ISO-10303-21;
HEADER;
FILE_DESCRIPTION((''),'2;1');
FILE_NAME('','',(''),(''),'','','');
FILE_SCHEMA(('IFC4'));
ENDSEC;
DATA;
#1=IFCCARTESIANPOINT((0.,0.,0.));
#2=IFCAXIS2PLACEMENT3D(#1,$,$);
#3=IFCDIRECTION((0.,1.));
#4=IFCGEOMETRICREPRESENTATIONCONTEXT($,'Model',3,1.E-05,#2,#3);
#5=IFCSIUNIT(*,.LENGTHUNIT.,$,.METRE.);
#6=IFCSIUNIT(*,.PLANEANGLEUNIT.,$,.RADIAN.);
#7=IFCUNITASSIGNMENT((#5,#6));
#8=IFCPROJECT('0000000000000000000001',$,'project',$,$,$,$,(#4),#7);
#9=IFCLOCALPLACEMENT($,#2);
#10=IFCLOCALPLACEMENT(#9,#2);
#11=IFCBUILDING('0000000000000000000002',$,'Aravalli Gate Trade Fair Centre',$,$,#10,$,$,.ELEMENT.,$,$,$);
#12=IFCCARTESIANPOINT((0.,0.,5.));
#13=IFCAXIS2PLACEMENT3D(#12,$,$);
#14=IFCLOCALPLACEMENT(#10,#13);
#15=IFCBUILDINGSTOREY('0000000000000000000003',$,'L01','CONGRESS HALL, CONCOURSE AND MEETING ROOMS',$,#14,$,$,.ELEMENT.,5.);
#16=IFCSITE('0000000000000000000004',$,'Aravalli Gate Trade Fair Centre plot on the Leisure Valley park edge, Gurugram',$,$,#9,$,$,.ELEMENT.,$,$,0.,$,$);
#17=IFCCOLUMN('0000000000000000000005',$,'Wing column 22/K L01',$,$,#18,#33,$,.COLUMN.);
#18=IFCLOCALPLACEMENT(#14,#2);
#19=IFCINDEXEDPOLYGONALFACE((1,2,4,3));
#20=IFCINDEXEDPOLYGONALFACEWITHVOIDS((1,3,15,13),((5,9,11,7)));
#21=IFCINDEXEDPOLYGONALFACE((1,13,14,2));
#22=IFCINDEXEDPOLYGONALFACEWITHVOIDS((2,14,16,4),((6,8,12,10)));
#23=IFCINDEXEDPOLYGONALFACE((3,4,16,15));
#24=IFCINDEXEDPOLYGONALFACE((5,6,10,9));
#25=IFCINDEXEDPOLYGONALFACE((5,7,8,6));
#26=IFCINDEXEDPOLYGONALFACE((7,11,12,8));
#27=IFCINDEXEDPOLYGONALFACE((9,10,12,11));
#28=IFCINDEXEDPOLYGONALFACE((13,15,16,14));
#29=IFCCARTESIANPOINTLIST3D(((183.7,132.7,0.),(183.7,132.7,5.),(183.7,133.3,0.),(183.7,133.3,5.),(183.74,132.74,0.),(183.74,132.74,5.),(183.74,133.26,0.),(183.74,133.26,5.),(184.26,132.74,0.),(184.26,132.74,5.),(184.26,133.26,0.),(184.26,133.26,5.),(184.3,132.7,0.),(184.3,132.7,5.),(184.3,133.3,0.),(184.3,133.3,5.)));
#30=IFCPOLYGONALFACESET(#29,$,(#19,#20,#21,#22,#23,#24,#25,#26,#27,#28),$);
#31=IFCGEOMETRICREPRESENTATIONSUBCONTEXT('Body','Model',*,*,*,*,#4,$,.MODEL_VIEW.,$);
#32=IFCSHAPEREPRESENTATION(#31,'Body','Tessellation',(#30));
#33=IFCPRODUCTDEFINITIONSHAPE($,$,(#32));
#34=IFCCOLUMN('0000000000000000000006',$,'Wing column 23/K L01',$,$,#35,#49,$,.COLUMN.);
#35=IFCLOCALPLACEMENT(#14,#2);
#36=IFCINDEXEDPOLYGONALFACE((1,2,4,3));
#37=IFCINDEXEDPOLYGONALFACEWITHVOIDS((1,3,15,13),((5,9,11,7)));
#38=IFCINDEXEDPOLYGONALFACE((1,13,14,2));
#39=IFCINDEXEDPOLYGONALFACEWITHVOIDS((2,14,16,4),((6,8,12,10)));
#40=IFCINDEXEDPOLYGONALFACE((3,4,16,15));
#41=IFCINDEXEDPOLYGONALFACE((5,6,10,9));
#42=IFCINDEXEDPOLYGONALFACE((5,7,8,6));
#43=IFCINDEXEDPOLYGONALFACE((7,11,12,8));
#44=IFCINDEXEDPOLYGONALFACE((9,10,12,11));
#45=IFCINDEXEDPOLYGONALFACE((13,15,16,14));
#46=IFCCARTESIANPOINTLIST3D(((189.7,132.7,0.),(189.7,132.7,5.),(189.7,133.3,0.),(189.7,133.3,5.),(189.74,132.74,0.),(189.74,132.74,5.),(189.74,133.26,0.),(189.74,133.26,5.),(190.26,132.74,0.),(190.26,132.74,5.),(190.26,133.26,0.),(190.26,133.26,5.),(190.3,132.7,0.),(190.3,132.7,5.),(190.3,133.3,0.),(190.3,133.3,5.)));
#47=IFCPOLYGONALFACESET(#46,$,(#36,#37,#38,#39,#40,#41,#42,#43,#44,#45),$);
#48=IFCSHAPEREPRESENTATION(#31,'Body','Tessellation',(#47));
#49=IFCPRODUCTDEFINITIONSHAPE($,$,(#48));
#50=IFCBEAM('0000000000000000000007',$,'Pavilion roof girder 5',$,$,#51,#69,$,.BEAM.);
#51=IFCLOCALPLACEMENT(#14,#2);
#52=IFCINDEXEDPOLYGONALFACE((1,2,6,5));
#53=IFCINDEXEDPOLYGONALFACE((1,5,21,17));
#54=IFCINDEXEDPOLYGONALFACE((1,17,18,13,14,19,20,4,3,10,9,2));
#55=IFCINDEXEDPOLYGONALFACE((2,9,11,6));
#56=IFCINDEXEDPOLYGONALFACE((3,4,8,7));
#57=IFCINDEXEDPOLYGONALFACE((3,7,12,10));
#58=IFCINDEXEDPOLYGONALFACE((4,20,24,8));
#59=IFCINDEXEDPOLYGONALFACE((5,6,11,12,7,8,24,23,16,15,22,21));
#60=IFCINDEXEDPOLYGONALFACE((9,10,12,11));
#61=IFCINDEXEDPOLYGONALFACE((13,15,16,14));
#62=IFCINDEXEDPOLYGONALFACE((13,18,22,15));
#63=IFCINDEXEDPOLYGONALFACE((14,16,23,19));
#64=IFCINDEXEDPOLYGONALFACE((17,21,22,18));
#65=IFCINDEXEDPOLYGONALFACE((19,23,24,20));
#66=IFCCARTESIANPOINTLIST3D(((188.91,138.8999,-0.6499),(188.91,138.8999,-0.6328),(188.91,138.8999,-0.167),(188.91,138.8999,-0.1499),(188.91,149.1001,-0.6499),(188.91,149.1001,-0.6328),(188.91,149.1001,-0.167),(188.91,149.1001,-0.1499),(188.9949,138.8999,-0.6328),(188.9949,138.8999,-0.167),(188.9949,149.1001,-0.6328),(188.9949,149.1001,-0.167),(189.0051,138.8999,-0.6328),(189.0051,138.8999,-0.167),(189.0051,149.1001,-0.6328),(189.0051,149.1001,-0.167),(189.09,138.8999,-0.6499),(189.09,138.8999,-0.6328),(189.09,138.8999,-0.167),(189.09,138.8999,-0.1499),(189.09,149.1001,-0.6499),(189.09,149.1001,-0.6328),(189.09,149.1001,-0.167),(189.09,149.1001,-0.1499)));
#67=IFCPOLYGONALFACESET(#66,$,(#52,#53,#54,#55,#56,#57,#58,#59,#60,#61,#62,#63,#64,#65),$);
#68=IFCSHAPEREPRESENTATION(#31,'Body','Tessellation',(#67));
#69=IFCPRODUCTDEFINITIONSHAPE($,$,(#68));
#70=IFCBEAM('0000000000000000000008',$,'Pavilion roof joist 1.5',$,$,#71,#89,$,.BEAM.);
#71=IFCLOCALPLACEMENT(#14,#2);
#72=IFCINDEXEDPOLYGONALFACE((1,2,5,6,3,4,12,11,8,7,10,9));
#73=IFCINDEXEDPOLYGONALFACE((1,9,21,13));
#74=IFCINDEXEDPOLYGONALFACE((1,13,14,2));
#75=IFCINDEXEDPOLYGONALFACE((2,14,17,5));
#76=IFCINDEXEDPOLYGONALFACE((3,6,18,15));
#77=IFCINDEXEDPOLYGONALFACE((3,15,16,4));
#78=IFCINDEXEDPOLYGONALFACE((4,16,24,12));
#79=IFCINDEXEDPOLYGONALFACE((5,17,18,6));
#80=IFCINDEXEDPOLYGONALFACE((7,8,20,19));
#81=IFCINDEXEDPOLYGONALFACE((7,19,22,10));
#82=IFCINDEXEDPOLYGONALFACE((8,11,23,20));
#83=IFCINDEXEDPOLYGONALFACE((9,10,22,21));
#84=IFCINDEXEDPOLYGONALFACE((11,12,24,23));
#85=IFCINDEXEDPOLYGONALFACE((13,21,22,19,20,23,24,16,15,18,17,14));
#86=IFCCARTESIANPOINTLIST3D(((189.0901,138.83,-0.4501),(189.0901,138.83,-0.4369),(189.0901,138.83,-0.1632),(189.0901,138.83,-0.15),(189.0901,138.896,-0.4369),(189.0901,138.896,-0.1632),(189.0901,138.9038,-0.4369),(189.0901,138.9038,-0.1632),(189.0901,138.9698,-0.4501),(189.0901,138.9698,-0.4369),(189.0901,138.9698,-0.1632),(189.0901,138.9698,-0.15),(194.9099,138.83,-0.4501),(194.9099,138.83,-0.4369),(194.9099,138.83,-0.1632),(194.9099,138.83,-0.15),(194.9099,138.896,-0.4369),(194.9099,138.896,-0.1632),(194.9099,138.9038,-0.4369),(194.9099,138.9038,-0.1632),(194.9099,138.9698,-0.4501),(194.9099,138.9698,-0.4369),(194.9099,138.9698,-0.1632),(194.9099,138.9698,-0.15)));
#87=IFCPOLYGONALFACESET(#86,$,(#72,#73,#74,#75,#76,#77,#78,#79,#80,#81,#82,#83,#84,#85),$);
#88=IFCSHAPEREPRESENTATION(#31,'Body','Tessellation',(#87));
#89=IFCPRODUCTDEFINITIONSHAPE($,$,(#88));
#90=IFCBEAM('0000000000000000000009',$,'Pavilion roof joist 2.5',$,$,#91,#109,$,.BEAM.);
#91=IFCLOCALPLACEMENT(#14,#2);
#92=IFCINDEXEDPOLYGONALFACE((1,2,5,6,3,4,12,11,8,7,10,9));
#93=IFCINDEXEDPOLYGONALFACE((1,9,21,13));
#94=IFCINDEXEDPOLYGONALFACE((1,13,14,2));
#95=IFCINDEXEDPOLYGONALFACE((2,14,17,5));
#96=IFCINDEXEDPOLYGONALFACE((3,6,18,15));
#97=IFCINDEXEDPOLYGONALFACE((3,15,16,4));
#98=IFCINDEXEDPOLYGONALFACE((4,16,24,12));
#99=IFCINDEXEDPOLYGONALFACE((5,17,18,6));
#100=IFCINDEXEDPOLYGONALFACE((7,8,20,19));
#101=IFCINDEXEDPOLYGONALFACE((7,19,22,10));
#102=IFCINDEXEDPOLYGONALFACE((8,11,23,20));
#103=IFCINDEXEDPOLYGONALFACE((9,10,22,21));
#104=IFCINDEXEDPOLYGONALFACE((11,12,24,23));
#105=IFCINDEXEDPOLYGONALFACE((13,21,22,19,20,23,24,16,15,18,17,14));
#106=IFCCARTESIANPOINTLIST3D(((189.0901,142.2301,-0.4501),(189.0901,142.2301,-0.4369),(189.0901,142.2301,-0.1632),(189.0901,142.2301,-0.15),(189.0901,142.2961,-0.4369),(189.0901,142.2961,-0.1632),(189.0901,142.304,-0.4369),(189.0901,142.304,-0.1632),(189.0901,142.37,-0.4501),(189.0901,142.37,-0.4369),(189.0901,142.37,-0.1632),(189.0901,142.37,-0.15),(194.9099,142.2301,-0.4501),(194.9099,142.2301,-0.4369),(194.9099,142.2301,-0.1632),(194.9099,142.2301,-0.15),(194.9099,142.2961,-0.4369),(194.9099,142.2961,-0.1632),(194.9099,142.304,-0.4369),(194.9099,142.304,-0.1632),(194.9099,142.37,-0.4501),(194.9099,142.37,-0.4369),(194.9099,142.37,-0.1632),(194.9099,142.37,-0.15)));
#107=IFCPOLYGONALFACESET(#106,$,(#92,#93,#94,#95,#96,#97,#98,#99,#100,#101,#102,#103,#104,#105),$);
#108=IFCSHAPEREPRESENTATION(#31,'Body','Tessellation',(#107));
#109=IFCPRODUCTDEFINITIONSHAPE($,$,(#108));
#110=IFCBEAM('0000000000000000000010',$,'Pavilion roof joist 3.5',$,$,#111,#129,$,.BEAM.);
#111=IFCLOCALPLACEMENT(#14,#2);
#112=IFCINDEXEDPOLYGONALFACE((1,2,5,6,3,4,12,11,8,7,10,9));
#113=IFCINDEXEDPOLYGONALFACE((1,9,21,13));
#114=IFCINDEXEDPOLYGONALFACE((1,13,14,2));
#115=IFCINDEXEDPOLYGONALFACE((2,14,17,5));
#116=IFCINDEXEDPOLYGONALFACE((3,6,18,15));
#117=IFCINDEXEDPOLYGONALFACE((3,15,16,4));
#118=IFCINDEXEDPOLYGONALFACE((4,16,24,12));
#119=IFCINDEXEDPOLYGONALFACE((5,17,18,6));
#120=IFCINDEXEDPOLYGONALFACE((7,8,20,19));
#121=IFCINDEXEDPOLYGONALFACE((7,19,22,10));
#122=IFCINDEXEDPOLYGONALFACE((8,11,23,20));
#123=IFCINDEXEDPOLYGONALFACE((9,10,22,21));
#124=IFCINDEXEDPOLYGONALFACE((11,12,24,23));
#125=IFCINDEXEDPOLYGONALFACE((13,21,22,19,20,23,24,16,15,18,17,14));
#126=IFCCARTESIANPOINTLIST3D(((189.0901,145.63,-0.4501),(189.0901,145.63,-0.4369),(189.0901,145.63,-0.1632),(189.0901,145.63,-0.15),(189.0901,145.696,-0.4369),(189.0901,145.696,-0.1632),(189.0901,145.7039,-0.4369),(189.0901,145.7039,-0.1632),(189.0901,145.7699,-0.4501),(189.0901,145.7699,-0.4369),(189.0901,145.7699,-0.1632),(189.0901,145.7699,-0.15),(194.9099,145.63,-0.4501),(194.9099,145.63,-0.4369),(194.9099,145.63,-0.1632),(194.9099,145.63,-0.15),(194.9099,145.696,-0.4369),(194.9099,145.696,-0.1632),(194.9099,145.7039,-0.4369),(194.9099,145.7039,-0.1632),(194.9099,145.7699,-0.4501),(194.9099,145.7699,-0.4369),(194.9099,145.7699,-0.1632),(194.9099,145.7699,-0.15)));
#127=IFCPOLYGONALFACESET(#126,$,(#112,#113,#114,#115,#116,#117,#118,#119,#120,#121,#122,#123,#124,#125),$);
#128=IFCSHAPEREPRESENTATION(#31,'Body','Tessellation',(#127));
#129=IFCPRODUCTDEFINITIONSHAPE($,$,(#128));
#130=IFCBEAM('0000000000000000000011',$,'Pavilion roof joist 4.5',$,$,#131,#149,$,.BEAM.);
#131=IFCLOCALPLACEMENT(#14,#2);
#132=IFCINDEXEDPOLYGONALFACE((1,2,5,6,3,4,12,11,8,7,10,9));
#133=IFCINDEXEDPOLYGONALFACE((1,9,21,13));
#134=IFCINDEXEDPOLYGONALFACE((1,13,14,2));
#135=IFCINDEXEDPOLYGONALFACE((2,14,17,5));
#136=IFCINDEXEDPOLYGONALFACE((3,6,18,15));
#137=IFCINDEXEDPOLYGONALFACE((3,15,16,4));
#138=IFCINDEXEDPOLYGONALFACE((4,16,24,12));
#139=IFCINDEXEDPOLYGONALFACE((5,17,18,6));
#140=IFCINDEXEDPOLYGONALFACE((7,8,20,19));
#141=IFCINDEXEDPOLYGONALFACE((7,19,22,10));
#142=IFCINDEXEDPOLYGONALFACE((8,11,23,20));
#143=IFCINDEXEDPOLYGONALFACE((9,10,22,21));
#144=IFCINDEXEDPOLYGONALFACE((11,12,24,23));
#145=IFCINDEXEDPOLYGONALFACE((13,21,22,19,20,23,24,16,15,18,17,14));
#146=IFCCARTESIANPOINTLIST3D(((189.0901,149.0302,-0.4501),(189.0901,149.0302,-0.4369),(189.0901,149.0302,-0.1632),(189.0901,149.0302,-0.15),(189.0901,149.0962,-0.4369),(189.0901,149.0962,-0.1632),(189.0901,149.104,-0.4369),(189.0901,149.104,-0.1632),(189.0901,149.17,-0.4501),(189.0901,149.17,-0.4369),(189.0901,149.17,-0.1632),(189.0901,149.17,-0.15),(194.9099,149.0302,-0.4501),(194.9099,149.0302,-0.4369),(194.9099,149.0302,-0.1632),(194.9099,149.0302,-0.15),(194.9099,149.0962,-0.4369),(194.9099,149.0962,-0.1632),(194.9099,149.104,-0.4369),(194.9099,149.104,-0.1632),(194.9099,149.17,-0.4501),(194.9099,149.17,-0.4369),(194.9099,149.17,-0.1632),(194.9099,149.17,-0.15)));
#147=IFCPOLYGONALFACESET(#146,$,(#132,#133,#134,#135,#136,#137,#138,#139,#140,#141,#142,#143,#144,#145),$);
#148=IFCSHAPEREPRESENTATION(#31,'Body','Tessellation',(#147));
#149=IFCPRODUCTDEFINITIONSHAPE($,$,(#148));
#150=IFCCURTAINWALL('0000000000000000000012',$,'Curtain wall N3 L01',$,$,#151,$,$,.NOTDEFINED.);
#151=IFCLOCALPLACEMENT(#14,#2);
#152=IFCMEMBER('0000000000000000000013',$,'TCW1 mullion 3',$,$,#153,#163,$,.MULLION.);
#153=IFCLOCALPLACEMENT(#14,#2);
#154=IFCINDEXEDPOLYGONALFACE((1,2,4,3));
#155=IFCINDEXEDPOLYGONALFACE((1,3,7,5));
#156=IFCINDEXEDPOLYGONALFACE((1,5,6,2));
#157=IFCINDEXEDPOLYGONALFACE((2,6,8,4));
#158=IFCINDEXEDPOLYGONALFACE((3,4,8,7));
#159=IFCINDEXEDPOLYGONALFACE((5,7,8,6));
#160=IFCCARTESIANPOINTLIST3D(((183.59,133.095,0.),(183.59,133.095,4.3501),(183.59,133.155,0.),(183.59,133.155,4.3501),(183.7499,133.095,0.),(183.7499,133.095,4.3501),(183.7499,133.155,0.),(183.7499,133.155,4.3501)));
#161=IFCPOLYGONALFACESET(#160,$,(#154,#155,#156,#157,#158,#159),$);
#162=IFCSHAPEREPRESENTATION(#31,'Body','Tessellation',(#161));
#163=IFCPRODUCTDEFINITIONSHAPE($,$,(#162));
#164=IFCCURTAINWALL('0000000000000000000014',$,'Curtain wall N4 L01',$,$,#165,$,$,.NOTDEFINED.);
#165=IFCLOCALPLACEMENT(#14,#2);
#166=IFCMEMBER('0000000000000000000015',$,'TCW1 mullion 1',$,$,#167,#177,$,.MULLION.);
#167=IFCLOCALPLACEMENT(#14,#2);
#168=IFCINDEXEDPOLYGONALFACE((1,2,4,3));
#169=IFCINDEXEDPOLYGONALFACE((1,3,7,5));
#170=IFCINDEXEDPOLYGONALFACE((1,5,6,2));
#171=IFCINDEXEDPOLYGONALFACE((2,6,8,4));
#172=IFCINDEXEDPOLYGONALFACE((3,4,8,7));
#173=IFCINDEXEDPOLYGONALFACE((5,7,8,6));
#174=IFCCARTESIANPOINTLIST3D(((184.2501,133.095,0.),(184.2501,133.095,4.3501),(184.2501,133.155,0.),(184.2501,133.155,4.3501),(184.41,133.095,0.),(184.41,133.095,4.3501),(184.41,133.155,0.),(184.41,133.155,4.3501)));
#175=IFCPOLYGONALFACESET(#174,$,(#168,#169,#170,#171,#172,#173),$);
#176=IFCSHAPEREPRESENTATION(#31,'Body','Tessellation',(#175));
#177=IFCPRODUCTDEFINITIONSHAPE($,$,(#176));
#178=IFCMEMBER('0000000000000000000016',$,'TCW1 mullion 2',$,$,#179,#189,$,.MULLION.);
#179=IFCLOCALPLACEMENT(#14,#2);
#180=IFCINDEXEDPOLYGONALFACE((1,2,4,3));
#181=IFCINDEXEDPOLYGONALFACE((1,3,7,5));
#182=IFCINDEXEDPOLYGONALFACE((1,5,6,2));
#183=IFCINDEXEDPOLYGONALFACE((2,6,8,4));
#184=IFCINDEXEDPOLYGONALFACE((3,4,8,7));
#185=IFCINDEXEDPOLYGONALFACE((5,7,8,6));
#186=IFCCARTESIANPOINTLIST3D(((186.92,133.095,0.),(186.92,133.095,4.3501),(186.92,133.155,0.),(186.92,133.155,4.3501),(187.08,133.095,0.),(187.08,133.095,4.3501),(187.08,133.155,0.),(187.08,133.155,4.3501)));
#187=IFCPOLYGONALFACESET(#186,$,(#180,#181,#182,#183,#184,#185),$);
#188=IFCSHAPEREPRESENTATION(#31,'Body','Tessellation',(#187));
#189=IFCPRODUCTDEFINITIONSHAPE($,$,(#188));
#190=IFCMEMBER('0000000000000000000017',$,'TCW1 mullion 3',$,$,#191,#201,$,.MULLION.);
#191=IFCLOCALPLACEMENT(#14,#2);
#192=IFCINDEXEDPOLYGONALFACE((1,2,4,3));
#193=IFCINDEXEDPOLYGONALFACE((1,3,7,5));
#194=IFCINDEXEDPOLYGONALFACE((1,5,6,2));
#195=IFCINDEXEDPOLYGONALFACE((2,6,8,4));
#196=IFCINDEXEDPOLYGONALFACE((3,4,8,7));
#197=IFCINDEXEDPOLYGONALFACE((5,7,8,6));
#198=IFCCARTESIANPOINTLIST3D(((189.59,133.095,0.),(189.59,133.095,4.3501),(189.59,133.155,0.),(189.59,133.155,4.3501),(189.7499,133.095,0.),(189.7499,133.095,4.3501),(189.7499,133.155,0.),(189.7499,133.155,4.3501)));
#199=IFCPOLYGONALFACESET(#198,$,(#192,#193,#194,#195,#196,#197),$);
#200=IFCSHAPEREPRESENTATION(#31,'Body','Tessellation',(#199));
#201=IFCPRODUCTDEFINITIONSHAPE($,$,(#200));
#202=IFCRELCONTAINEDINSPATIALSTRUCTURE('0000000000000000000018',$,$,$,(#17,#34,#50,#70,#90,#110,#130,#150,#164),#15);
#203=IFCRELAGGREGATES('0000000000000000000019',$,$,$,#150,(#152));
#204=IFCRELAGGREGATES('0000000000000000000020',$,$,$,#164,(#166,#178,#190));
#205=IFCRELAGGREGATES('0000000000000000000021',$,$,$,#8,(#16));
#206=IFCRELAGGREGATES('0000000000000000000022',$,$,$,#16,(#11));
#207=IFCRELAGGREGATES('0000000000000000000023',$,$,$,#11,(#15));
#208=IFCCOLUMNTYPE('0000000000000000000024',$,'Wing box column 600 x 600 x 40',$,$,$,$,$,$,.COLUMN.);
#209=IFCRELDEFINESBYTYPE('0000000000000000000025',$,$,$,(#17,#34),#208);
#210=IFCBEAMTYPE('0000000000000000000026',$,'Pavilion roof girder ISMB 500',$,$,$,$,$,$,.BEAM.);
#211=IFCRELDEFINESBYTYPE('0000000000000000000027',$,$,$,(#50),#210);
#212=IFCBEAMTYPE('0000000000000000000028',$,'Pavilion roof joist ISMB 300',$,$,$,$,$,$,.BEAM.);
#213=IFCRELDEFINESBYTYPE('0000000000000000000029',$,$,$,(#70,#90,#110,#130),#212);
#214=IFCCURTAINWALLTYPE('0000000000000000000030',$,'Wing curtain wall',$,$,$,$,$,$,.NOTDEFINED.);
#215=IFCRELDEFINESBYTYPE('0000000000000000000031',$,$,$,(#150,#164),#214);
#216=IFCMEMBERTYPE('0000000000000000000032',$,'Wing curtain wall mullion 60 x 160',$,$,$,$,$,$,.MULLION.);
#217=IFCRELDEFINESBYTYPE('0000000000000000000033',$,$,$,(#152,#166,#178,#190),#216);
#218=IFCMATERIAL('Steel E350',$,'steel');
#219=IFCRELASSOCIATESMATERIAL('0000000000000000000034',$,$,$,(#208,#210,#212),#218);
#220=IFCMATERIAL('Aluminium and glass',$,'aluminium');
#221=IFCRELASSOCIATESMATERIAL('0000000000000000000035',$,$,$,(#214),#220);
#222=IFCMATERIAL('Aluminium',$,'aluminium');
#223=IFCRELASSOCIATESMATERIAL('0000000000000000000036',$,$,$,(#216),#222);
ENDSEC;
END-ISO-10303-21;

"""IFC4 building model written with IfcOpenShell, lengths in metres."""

from ifc_helpers import new_model, si_unit, direction, frame, origin, origin_2d, place, context, subcontext, project, spatial, rectangle, hollow_rectangle, i_section, extrude, material, material_profile, profile_set, type_object, element, aggregate, save


model = new_model("IFC4")

# Units and contexts
model_context = context("Model", 3, precision=1e-05, world=origin(), true_north=direction((0.0, 1.0)))
body_context = subcontext(model_context, "Body", "Model", "MODEL_VIEW")
ifc_project = project(units=[si_unit("LENGTHUNIT", "METRE"), si_unit("PLANEANGLEUNIT", "RADIAN")], contexts=[model_context])

# Site, building, storey
site_placement = place(None, origin())
site = spatial("IfcSite", under=ifc_project, at=site_placement, Name="Aravalli Gate Trade Fair Centre plot on the Leisure Valley park edge, Gurugram", CompositionType="ELEMENT", RefElevation=0.0)
building_placement = place(site_placement, origin())
building = spatial("IfcBuilding", under=site, at=building_placement, Name="Aravalli Gate Trade Fair Centre", CompositionType="ELEMENT")
storey_placement = place(building_placement, frame((0.0, 0.0, 5.0)))
storey = spatial("IfcBuildingStorey", under=building, at=storey_placement, Name="L01", Description="CONGRESS HALL, CONCOURSE AND MEETING ROOMS", CompositionType="ELEMENT", Elevation=5.0)

# Columns
ifc_material_1 = material(Name="Steel E350", Category="steel")
ifc_material_profile_1 = material_profile(ifc_material_1, hollow_rectangle(XDim=0.6001, YDim=0.6001, WallThickness=0.04, at=origin_2d()), Name="BOX 600x600x40")
ifc_profile_set_1 = profile_set([ifc_material_profile_1], Name="Steel E350")
column_type = type_object("IfcColumnType", Name="Wing box column 600 x 600 x 40", PredefinedType="COLUMN", material=ifc_profile_set_1)
for number, where, z_axis, x_axis, name in (
    (1, (184.0, 133.0, 0.0), (0.0, 0.0, 1.0), (1.0, 0.0, 0.0), "Wing column 22/K L01"),
    (2, (190.0, 133.0, 0.0), (0.0, 0.0, 1.0), (1.0, 0.0, 0.0), "Wing column 23/K L01"),
):
    element("IfcColumn", number, at=place(storey_placement, frame(where, z_axis=z_axis, x_axis=x_axis)), inside=storey, type_object=column_type, Name=name, PredefinedType="COLUMN", context=body_context, shape_type="SweptSolid", body=[
        extrude(hollow_rectangle(XDim=0.6001, YDim=0.6001, WallThickness=0.04, at=origin_2d()), origin(), (0.0, 0.0, 1.0), 5.0),
    ])

# Beams
ifc_material_profile_2 = material_profile(ifc_material_1, i_section(OverallWidth=0.1799, OverallDepth=0.5, WebThickness=0.0103, FlangeThickness=0.0171, at=origin_2d()), Name="ISMB 500")
ifc_profile_set_2 = profile_set([ifc_material_profile_2], Name="Steel E350")
beam_type_1 = type_object("IfcBeamType", Name="Pavilion roof girder ISMB 500", PredefinedType="BEAM", material=ifc_profile_set_2)
beam_placement = place(storey_placement, frame((189.0, 138.8999, -0.3999), z_axis=(0.0, 1.0, 0.0), x_axis=(-1.0, 0.0, 0.0)))
element("IfcBeam", 3, at=beam_placement, inside=storey, type_object=beam_type_1, Name="Pavilion roof girder 5", PredefinedType="BEAM", context=body_context, shape_type="SweptSolid", body=[
    extrude(i_section(OverallWidth=0.1799, OverallDepth=0.5, WebThickness=0.0103, FlangeThickness=0.0171, at=origin_2d()), origin(), (0.0, 0.0, 1.0), 10.2002),
])
ifc_material_profile_3 = material_profile(ifc_material_1, i_section(OverallWidth=0.1399, OverallDepth=0.3, WebThickness=0.0078, FlangeThickness=0.0132, at=origin_2d()), Name="ISMB 300")
ifc_profile_set_3 = profile_set([ifc_material_profile_3], Name="Steel E350")
beam_type_2 = type_object("IfcBeamType", Name="Pavilion roof joist ISMB 300", PredefinedType="BEAM", material=ifc_profile_set_3)
for number, where, z_axis, x_axis, name in (
    (4, (189.0901, 138.8999, -0.3), (1.0, 0.0, 0.0), (0.0, 1.0, 0.0), "Pavilion roof joist 1.5"),
    (5, (189.0901, 142.3, -0.3), (1.0, 0.0, 0.0), (0.0, 1.0, 0.0), "Pavilion roof joist 2.5"),
    (6, (189.0901, 145.7, -0.3), (1.0, 0.0, 0.0), (0.0, 1.0, 0.0), "Pavilion roof joist 3.5"),
    (7, (189.0901, 149.1001, -0.3), (1.0, 0.0, 0.0), (0.0, 1.0, 0.0), "Pavilion roof joist 4.5"),
):
    element("IfcBeam", number, at=place(storey_placement, frame(where, z_axis=z_axis, x_axis=x_axis)), inside=storey, type_object=beam_type_2, Name=name, PredefinedType="BEAM", context=body_context, shape_type="SweptSolid", body=[
        extrude(i_section(OverallWidth=0.1399, OverallDepth=0.3, WebThickness=0.0078, FlangeThickness=0.0132, at=origin_2d()), origin(), (0.0, 0.0, 1.0), 5.8198),
    ])

# Curtain wall, member
ifc_material_2 = material(Name="Aluminium and glass", Category="aluminium")
curtain_wall_type = type_object("IfcCurtainWallType", Name="Wing curtain wall", PredefinedType="NOTDEFINED", material=ifc_material_2)
curtain_wall_1_placement = place(storey_placement, origin())
curtain_wall_1 = element("IfcCurtainWall", 8, at=curtain_wall_1_placement, inside=storey, type_object=curtain_wall_type, Name="Curtain wall N3 L01", PredefinedType="NOTDEFINED")
ifc_material_3 = material(Name="Aluminium", Category="aluminium")
ifc_material_profile_4 = material_profile(ifc_material_3, rectangle(XDim=0.0601, YDim=0.1599, at=origin_2d()), Name="Wing curtain wall mullion 60 x 160")
ifc_profile_set_4 = profile_set([ifc_material_profile_4], Name="Aluminium")
member_type_1 = type_object("IfcMemberType", Name="Wing curtain wall mullion 60 x 160", PredefinedType="MULLION", material=ifc_profile_set_4)
member_1_placement = place(storey_placement, frame((183.6699, 133.125, 0.0), z_axis=(0.0, 0.0, 1.0), x_axis=(0.0, 1.0, 0.0)))
member_1 = element("IfcMember", 9, at=member_1_placement, type_object=member_type_1, Name="TCW1 mullion 3", PredefinedType="MULLION", context=body_context, shape_type="SweptSolid", body=[
    extrude(rectangle(XDim=0.0601, YDim=0.1599, at=origin_2d()), origin(), (0.0, 0.0, 1.0), 4.3501),
])
aggregate(curtain_wall_1, [member_1])

# Curtain wall, members
curtain_wall_2_placement = place(storey_placement, origin())
curtain_wall_2 = element("IfcCurtainWall", 10, at=curtain_wall_2_placement, inside=storey, type_object=curtain_wall_type, Name="Curtain wall N4 L01", PredefinedType="NOTDEFINED")
member_2_placement = place(storey_placement, frame((184.3301, 133.125, 0.0), z_axis=(0.0, 0.0, 1.0), x_axis=(0.0, 1.0, 0.0)))
member_2 = element("IfcMember", 11, at=member_2_placement, type_object=member_type_1, Name="TCW1 mullion 1", PredefinedType="MULLION", context=body_context, shape_type="SweptSolid", body=[
    extrude(rectangle(XDim=0.0601, YDim=0.1599, at=origin_2d()), origin(), (0.0, 0.0, 1.0), 4.3501),
])
member_3_placement = place(storey_placement, frame((187.0, 133.125, 0.0), z_axis=(0.0, 0.0, 1.0), x_axis=(0.0, 1.0, 0.0)))
member_3 = element("IfcMember", 12, at=member_3_placement, type_object=member_type_1, Name="TCW1 mullion 2", PredefinedType="MULLION", context=body_context, shape_type="SweptSolid", body=[
    extrude(rectangle(XDim=0.0601, YDim=0.1599, at=origin_2d()), origin(), (0.0, 0.0, 1.0), 4.3501),
])
member_4_placement = place(storey_placement, frame((189.6699, 133.125, 0.0), z_axis=(0.0, 0.0, 1.0), x_axis=(0.0, 1.0, 0.0)))
member_4 = element("IfcMember", 13, at=member_4_placement, type_object=member_type_1, Name="TCW1 mullion 3", PredefinedType="MULLION", context=body_context, shape_type="SweptSolid", body=[
    extrude(rectangle(XDim=0.0601, YDim=0.1599, at=origin_2d()), origin(), (0.0, 0.0, 1.0), 4.3501),
])

aggregate(curtain_wall_2, [member_2, member_3, member_4])

save(model, "model.ifc")
